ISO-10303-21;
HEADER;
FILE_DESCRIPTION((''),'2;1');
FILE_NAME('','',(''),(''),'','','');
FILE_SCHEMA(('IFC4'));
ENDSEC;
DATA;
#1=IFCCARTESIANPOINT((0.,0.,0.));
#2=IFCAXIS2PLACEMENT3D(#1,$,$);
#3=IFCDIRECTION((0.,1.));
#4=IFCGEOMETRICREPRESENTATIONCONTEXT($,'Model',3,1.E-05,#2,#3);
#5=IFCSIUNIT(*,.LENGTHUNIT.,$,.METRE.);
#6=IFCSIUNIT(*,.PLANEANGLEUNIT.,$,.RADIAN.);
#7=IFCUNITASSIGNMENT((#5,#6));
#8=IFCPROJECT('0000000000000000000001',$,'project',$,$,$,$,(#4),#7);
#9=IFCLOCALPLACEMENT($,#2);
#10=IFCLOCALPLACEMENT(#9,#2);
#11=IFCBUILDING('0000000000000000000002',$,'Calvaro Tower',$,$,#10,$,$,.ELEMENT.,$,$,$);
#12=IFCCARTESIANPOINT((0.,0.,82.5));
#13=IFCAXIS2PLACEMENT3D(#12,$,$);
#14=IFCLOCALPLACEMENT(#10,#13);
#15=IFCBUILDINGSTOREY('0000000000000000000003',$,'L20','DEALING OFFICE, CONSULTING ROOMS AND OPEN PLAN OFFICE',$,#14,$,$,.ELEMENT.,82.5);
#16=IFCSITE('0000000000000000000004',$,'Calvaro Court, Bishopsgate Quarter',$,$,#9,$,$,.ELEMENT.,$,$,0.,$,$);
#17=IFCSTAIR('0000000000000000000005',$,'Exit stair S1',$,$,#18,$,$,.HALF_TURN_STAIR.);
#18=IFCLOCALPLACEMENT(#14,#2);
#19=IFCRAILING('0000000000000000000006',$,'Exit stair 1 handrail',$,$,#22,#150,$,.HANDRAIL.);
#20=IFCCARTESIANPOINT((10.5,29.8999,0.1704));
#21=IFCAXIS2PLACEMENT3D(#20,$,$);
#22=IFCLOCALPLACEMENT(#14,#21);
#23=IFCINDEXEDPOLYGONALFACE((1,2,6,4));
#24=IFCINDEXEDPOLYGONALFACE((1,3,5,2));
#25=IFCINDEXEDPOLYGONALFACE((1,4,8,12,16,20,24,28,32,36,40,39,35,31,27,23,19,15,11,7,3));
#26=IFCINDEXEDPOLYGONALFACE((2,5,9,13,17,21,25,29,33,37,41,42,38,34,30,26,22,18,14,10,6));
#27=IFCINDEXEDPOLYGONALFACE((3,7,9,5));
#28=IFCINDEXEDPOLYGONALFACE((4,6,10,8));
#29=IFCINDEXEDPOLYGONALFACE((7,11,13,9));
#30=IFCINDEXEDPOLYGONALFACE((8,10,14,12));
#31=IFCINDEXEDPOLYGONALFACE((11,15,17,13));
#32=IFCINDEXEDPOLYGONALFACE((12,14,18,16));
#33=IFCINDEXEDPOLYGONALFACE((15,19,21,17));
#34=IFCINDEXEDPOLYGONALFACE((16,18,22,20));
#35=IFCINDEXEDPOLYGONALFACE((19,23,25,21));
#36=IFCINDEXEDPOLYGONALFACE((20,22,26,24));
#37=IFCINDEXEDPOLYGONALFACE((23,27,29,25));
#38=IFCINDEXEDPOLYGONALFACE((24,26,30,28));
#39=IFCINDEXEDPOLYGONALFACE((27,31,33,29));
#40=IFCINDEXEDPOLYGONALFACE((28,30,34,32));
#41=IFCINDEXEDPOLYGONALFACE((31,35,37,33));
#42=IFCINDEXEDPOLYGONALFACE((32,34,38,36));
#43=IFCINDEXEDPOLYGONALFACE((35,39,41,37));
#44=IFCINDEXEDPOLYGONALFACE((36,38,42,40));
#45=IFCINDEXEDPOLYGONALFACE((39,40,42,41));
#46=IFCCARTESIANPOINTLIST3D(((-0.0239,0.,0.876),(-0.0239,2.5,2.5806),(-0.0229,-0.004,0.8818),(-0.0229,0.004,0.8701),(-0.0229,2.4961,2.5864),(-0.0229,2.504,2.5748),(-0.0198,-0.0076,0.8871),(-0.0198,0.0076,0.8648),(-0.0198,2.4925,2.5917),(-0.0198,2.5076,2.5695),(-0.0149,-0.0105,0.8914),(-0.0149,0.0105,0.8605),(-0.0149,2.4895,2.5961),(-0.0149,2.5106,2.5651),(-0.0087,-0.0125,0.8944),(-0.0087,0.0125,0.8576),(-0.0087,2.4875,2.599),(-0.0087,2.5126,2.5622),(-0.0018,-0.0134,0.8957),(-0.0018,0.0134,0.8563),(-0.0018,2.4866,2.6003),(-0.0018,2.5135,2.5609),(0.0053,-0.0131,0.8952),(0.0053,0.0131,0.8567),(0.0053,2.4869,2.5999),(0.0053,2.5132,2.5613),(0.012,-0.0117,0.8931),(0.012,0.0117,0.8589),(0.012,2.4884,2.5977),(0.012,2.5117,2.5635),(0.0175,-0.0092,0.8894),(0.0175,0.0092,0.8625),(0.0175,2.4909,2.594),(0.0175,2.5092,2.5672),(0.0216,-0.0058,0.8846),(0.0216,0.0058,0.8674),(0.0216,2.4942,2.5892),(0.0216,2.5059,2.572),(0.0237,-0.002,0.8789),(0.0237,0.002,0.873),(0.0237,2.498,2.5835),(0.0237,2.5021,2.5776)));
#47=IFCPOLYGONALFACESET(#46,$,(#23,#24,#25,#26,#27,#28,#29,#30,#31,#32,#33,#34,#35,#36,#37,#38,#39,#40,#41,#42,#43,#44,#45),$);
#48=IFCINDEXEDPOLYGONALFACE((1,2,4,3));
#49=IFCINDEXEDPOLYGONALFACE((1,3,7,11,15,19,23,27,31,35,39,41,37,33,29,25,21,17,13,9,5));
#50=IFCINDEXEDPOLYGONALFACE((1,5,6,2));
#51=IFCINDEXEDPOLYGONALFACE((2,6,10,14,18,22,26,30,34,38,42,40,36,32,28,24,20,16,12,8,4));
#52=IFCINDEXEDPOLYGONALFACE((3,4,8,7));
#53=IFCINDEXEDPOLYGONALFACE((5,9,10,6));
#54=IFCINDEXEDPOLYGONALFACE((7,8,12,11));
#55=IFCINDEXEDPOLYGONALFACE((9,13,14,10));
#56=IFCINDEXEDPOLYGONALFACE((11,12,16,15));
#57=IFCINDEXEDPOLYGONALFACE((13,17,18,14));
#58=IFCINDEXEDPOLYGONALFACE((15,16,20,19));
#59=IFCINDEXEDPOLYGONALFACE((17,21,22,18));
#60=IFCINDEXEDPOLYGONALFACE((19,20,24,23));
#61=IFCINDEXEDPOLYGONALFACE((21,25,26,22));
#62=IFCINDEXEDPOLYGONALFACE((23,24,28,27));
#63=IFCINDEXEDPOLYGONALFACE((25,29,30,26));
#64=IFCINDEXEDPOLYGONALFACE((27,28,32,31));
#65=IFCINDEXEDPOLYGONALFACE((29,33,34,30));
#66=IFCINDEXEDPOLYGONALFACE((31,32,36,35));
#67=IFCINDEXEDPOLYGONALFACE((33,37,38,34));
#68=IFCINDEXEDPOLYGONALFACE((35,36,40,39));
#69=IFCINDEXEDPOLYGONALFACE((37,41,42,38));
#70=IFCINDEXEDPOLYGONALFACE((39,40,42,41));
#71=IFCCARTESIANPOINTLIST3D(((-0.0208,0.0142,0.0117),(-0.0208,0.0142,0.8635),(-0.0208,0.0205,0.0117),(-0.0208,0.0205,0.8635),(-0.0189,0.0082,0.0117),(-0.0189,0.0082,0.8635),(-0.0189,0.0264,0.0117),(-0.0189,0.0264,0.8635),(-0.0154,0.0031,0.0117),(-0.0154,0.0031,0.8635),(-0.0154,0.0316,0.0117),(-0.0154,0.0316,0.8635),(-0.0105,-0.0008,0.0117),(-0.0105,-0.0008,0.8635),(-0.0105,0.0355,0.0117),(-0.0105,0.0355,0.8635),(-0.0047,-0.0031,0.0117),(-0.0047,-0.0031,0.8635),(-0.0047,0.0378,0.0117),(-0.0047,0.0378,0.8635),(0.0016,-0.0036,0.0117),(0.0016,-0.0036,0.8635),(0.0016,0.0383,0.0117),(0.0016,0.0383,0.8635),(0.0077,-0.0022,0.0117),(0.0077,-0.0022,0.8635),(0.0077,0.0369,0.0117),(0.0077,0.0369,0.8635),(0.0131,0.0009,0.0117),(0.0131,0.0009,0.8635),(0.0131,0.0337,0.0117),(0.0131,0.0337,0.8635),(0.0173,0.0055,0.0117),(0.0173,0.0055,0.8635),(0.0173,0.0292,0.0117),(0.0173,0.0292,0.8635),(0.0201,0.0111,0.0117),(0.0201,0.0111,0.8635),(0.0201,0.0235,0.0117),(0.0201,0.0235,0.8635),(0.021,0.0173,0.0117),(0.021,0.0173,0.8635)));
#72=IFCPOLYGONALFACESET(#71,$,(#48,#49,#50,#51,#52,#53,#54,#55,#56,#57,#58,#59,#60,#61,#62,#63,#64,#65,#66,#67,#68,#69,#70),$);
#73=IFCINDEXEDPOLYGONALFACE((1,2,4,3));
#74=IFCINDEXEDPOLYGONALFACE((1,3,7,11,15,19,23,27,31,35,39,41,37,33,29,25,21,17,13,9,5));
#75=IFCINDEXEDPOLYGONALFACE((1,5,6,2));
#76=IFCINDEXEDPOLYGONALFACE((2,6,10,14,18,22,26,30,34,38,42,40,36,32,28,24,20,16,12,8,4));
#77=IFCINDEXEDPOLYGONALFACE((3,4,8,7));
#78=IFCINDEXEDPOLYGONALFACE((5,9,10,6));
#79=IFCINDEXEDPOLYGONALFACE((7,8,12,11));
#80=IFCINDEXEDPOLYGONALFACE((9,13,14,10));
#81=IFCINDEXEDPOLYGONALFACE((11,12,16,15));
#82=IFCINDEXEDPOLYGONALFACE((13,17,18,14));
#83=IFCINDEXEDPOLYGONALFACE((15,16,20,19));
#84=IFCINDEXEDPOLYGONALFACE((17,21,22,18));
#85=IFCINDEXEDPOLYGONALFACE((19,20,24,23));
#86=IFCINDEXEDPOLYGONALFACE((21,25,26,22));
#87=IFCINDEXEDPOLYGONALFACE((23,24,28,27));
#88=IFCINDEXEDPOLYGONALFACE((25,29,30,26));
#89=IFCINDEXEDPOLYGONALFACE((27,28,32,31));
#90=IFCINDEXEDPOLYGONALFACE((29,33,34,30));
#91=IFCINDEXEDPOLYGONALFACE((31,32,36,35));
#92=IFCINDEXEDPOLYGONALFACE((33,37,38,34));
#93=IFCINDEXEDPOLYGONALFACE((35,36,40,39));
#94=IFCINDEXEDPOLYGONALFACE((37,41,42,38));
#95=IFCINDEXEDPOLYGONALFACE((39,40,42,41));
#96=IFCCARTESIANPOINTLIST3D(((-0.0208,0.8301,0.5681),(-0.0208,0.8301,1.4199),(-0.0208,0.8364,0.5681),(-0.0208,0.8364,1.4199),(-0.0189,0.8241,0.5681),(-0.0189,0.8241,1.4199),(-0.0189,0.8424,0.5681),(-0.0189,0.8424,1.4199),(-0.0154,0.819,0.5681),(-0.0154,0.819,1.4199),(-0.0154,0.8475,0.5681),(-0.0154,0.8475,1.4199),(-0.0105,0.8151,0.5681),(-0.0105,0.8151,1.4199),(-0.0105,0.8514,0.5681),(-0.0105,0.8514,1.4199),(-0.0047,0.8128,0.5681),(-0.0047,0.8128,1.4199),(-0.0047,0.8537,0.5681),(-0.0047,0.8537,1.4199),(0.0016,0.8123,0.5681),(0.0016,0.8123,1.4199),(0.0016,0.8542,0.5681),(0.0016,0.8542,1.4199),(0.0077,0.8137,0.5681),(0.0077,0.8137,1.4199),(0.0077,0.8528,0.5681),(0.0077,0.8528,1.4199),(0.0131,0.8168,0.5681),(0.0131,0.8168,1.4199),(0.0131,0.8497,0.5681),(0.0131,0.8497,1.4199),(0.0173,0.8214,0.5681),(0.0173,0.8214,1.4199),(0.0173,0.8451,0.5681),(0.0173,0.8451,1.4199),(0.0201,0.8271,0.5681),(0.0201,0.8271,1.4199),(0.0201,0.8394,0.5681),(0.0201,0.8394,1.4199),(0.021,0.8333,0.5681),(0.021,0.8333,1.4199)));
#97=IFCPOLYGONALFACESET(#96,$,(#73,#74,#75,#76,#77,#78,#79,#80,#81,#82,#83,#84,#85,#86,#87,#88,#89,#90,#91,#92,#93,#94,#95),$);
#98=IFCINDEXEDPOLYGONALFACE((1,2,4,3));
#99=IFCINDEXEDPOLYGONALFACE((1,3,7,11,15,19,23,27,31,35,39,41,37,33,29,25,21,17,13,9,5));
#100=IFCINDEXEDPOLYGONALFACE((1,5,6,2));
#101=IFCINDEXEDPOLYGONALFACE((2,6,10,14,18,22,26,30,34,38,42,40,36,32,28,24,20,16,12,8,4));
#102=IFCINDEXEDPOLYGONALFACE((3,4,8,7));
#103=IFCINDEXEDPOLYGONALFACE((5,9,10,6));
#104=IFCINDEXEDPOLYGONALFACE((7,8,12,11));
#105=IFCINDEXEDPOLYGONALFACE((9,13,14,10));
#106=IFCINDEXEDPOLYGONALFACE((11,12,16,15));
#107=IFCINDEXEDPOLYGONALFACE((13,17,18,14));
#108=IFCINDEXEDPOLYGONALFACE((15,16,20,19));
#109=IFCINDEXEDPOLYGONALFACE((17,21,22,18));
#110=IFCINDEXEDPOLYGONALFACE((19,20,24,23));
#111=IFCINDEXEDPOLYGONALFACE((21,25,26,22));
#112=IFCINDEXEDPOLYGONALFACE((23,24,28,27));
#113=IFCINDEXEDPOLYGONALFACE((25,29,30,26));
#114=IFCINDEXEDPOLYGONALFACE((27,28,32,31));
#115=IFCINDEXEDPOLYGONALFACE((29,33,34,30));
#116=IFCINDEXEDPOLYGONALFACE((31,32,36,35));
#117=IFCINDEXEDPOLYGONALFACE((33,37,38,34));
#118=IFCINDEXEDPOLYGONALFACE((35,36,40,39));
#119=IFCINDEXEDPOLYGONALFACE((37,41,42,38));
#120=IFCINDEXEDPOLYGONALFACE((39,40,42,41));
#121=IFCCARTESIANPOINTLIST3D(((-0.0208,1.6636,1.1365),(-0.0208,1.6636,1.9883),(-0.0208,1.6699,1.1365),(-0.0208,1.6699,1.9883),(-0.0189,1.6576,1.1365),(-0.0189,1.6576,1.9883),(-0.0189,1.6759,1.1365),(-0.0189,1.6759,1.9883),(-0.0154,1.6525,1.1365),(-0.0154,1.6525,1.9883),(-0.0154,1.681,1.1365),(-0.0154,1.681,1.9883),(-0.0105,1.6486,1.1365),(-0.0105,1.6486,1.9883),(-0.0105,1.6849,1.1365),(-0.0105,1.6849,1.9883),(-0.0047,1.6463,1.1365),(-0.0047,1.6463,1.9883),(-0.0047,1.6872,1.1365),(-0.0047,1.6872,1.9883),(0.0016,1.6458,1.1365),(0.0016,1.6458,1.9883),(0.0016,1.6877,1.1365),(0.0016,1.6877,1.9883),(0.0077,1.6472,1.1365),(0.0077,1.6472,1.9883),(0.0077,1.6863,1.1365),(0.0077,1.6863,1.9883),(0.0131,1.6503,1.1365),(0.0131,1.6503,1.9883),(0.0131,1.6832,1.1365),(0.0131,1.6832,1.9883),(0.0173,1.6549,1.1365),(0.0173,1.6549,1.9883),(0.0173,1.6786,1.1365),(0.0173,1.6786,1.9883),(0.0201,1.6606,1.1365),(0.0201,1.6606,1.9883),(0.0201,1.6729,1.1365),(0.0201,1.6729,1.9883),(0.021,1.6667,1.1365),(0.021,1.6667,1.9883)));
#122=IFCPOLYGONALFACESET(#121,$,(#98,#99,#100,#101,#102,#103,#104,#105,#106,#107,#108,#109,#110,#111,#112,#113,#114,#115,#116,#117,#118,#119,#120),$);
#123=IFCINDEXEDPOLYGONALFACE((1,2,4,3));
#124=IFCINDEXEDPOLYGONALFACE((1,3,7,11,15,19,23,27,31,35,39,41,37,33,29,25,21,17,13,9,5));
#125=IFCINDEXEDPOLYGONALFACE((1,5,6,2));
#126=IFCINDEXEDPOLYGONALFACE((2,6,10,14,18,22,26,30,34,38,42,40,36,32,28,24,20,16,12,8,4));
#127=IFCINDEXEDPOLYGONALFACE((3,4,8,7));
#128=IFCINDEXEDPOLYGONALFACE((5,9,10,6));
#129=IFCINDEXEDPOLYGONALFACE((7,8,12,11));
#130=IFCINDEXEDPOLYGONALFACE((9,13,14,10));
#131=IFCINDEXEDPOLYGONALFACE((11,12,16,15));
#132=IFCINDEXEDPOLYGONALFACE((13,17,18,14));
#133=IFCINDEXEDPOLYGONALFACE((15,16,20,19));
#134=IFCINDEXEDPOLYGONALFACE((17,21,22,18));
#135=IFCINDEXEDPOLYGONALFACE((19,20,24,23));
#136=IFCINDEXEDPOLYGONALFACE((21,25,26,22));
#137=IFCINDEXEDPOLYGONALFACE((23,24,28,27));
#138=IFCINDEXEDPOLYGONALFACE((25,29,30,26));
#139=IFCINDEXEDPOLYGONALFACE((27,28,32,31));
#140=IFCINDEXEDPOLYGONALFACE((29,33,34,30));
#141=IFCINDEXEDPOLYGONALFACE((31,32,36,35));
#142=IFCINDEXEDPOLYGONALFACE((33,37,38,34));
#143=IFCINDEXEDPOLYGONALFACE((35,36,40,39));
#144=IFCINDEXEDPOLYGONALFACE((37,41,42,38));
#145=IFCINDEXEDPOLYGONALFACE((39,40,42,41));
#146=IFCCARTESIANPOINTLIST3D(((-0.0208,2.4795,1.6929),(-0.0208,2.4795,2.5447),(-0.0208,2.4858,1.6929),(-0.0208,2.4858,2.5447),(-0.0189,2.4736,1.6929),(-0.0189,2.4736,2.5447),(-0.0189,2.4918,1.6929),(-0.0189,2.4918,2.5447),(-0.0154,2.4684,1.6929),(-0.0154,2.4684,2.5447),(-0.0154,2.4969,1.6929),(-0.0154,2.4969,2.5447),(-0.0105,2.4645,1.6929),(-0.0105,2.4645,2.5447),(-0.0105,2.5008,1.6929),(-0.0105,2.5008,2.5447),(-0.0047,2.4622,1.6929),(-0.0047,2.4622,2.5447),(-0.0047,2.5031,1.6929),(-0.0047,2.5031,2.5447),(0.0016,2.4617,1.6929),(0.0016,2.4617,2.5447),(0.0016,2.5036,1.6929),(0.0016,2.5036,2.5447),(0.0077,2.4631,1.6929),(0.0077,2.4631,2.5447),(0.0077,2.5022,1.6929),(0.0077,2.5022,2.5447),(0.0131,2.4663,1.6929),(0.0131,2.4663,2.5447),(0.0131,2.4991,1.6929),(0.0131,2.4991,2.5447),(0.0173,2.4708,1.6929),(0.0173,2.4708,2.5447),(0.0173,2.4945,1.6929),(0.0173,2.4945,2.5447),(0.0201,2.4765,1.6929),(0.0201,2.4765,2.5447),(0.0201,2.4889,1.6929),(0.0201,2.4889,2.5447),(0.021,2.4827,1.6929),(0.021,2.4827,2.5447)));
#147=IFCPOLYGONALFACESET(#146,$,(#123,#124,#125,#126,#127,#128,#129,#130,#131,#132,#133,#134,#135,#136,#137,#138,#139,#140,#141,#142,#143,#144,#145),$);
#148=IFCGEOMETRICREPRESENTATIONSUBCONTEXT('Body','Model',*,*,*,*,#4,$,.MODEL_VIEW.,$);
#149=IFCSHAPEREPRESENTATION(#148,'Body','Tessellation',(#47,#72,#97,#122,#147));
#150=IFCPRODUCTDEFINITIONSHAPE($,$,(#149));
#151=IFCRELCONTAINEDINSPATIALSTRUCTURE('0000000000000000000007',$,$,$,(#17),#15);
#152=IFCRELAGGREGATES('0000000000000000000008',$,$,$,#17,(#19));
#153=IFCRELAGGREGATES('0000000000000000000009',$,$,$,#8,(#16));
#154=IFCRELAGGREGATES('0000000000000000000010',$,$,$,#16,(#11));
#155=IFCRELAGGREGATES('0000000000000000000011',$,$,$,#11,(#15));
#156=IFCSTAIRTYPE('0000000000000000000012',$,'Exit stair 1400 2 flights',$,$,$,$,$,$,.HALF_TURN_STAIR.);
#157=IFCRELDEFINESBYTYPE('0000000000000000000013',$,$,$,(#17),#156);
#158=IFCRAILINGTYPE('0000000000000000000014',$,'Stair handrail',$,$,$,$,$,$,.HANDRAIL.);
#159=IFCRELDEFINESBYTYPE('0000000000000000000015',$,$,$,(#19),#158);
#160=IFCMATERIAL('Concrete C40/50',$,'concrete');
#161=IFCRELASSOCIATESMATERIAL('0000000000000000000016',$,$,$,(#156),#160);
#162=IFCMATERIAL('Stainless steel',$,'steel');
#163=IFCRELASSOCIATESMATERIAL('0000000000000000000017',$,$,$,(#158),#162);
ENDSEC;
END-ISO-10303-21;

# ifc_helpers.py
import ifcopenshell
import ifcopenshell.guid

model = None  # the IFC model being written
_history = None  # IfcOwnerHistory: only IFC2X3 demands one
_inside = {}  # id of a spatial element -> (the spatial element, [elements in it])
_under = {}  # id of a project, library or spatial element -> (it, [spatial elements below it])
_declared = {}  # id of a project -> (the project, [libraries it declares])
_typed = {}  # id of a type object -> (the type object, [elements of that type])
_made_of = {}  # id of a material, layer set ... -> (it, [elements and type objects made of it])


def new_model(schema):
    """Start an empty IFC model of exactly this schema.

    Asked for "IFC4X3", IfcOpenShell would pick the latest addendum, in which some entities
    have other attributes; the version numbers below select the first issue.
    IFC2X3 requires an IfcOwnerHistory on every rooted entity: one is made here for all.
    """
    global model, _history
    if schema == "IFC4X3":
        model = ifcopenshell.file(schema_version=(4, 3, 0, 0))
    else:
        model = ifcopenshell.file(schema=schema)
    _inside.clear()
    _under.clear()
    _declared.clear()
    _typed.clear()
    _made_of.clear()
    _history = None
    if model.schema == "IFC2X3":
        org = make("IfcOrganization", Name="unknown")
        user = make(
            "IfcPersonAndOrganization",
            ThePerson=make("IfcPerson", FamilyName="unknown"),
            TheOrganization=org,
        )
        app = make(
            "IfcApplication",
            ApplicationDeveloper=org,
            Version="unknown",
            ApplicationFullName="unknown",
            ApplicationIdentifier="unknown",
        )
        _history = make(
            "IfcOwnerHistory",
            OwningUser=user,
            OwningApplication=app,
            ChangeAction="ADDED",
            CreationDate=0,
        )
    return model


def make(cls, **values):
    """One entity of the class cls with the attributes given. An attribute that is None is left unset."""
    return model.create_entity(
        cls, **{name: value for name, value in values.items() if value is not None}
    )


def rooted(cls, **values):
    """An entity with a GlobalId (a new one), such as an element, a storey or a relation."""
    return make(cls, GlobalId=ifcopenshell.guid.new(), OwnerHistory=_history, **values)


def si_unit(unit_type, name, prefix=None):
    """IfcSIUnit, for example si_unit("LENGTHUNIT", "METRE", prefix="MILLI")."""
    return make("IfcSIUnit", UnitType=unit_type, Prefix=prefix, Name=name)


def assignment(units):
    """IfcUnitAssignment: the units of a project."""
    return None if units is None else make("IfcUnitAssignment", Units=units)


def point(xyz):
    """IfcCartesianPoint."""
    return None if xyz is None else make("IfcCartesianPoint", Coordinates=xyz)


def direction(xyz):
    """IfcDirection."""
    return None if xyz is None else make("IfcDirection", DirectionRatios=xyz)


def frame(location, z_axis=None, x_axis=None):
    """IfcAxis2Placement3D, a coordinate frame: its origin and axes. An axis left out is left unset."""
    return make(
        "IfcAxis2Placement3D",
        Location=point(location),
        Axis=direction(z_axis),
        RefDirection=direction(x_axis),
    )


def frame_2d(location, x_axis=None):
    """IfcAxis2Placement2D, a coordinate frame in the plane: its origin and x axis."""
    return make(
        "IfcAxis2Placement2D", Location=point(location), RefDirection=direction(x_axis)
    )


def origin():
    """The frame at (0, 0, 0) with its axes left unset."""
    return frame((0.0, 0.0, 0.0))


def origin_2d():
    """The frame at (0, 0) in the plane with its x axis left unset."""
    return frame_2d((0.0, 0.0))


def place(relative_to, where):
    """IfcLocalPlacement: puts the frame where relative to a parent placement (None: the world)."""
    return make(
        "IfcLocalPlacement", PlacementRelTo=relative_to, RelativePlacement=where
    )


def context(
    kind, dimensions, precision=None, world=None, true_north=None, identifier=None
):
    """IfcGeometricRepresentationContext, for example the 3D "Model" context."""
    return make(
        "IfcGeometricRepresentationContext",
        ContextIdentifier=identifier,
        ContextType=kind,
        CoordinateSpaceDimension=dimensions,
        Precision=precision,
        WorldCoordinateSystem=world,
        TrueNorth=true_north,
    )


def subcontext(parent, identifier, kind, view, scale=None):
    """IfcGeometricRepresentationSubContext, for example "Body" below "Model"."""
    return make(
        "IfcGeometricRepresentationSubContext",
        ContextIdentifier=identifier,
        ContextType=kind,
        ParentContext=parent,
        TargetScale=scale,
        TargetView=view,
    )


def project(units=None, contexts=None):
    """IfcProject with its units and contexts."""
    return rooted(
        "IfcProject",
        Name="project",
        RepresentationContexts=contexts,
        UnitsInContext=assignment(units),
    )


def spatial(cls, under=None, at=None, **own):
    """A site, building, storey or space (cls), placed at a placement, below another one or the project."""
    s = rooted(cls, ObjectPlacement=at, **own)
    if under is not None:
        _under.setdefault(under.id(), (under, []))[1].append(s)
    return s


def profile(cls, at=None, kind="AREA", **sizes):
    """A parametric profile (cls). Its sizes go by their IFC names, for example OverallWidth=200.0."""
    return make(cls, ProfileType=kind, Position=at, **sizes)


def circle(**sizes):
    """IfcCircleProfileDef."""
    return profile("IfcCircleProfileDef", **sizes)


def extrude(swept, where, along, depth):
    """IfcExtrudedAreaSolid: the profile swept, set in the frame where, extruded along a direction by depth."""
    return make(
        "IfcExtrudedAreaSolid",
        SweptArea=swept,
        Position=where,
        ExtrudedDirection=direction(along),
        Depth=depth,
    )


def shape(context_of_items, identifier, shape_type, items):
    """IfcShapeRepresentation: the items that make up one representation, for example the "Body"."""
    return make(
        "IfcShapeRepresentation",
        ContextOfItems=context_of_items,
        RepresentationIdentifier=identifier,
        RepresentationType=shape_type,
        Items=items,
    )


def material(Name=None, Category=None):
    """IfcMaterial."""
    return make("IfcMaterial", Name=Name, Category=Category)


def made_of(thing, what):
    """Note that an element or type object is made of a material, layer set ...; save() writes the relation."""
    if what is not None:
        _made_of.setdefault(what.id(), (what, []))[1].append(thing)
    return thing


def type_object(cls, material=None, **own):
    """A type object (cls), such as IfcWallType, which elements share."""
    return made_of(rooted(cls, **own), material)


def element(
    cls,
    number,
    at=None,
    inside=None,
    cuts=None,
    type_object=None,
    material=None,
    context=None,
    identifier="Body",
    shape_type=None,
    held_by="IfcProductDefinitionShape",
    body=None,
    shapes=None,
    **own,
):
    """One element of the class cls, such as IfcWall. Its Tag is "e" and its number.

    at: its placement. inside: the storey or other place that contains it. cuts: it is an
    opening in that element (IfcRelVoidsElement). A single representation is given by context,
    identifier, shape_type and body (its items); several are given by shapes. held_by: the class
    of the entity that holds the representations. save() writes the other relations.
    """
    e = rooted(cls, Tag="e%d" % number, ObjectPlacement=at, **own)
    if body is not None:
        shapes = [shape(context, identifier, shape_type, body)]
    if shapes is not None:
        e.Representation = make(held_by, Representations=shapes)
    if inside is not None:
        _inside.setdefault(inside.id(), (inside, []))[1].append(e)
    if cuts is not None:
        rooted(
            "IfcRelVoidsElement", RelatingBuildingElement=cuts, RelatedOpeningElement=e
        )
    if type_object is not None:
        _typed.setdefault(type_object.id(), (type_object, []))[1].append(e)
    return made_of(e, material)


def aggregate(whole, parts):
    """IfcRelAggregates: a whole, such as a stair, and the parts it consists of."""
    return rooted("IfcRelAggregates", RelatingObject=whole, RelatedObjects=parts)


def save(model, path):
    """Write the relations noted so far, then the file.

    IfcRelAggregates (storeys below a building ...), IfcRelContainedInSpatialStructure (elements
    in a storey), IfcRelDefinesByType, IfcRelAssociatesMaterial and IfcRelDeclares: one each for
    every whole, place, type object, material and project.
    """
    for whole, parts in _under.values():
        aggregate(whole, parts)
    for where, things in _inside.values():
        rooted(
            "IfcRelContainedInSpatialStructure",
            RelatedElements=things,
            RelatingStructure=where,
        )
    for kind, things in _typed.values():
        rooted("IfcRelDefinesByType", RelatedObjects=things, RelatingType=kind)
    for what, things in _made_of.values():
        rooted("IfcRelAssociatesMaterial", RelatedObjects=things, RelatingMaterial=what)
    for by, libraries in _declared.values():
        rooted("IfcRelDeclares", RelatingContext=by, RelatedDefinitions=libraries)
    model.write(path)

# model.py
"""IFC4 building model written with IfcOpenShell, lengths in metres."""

from ifc_helpers import new_model, si_unit, direction, frame, origin, origin_2d, place, context, subcontext, project, spatial, circle, extrude, material, type_object, element, aggregate, save


model = new_model("IFC4")

# Units and contexts
model_context = context("Model", 3, precision=1e-05, world=origin(), true_north=direction((0.0, 1.0)))
body_context = subcontext(model_context, "Body", "Model", "MODEL_VIEW")
ifc_project = project(units=[si_unit("LENGTHUNIT", "METRE"), si_unit("PLANEANGLEUNIT", "RADIAN")], contexts=[model_context])

# Site, building, storey
site_placement = place(None, origin())
site = spatial("IfcSite", under=ifc_project, at=site_placement, Name="Calvaro Court, Bishopsgate Quarter", CompositionType="ELEMENT", RefElevation=0.0)
building_placement = place(site_placement, origin())
building = spatial("IfcBuilding", under=site, at=building_placement, Name="Calvaro Tower", CompositionType="ELEMENT")
storey_placement = place(building_placement, frame((0.0, 0.0, 82.5)))
storey = spatial("IfcBuildingStorey", under=building, at=storey_placement, Name="L20", Description="DEALING OFFICE, CONSULTING ROOMS AND OPEN PLAN OFFICE", CompositionType="ELEMENT", Elevation=82.5)

# Stair, railing
ifc_material_1 = material(Name="Concrete C40/50", Category="concrete")
stair_type = type_object("IfcStairType", Name="Exit stair 1400 2 flights", PredefinedType="HALF_TURN_STAIR", material=ifc_material_1)
stair_placement = place(storey_placement, origin())
stair = element("IfcStair", 1, at=stair_placement, inside=storey, type_object=stair_type, Name="Exit stair S1", PredefinedType="HALF_TURN_STAIR")
ifc_material_2 = material(Name="Stainless steel", Category="steel")
railing_type = type_object("IfcRailingType", Name="Stair handrail", PredefinedType="HANDRAIL", material=ifc_material_2)
railing_1_placement = place(storey_placement, frame((10.5, 29.8999, 0.1704)))
railing_1 = element("IfcRailing", 2, at=railing_1_placement, type_object=railing_type, Name="Exit stair 1 handrail", PredefinedType="HANDRAIL", context=body_context, shape_type="SweptSolid", body=[
    extrude(circle(Radius=0.0239, at=origin_2d()), frame((0.0, 0.0, 0.876), z_axis=(0.0, 0.826221, 0.563347), x_axis=(-1.0, 0.0, 0.0)), (0.0, 0.0, 1.0), 3.0259),
    extrude(circle(Radius=0.021, at=origin_2d()), frame((0.0, 0.0173, 0.0117)), (0.0, 0.0, 1.0), 0.8518),
    extrude(circle(Radius=0.021, at=origin_2d()), frame((0.0, 0.8333, 0.5681)), (0.0, 0.0, 1.0), 0.8518),
    extrude(circle(Radius=0.021, at=origin_2d()), frame((0.0, 1.6667, 1.1365)), (0.0, 0.0, 1.0), 0.8518),
    extrude(circle(Radius=0.021, at=origin_2d()), frame((0.0, 2.4827, 1.6929)), (0.0, 0.0, 1.0), 0.8518),
])
aggregate(stair, [railing_1])

save(model, "model.ifc")
